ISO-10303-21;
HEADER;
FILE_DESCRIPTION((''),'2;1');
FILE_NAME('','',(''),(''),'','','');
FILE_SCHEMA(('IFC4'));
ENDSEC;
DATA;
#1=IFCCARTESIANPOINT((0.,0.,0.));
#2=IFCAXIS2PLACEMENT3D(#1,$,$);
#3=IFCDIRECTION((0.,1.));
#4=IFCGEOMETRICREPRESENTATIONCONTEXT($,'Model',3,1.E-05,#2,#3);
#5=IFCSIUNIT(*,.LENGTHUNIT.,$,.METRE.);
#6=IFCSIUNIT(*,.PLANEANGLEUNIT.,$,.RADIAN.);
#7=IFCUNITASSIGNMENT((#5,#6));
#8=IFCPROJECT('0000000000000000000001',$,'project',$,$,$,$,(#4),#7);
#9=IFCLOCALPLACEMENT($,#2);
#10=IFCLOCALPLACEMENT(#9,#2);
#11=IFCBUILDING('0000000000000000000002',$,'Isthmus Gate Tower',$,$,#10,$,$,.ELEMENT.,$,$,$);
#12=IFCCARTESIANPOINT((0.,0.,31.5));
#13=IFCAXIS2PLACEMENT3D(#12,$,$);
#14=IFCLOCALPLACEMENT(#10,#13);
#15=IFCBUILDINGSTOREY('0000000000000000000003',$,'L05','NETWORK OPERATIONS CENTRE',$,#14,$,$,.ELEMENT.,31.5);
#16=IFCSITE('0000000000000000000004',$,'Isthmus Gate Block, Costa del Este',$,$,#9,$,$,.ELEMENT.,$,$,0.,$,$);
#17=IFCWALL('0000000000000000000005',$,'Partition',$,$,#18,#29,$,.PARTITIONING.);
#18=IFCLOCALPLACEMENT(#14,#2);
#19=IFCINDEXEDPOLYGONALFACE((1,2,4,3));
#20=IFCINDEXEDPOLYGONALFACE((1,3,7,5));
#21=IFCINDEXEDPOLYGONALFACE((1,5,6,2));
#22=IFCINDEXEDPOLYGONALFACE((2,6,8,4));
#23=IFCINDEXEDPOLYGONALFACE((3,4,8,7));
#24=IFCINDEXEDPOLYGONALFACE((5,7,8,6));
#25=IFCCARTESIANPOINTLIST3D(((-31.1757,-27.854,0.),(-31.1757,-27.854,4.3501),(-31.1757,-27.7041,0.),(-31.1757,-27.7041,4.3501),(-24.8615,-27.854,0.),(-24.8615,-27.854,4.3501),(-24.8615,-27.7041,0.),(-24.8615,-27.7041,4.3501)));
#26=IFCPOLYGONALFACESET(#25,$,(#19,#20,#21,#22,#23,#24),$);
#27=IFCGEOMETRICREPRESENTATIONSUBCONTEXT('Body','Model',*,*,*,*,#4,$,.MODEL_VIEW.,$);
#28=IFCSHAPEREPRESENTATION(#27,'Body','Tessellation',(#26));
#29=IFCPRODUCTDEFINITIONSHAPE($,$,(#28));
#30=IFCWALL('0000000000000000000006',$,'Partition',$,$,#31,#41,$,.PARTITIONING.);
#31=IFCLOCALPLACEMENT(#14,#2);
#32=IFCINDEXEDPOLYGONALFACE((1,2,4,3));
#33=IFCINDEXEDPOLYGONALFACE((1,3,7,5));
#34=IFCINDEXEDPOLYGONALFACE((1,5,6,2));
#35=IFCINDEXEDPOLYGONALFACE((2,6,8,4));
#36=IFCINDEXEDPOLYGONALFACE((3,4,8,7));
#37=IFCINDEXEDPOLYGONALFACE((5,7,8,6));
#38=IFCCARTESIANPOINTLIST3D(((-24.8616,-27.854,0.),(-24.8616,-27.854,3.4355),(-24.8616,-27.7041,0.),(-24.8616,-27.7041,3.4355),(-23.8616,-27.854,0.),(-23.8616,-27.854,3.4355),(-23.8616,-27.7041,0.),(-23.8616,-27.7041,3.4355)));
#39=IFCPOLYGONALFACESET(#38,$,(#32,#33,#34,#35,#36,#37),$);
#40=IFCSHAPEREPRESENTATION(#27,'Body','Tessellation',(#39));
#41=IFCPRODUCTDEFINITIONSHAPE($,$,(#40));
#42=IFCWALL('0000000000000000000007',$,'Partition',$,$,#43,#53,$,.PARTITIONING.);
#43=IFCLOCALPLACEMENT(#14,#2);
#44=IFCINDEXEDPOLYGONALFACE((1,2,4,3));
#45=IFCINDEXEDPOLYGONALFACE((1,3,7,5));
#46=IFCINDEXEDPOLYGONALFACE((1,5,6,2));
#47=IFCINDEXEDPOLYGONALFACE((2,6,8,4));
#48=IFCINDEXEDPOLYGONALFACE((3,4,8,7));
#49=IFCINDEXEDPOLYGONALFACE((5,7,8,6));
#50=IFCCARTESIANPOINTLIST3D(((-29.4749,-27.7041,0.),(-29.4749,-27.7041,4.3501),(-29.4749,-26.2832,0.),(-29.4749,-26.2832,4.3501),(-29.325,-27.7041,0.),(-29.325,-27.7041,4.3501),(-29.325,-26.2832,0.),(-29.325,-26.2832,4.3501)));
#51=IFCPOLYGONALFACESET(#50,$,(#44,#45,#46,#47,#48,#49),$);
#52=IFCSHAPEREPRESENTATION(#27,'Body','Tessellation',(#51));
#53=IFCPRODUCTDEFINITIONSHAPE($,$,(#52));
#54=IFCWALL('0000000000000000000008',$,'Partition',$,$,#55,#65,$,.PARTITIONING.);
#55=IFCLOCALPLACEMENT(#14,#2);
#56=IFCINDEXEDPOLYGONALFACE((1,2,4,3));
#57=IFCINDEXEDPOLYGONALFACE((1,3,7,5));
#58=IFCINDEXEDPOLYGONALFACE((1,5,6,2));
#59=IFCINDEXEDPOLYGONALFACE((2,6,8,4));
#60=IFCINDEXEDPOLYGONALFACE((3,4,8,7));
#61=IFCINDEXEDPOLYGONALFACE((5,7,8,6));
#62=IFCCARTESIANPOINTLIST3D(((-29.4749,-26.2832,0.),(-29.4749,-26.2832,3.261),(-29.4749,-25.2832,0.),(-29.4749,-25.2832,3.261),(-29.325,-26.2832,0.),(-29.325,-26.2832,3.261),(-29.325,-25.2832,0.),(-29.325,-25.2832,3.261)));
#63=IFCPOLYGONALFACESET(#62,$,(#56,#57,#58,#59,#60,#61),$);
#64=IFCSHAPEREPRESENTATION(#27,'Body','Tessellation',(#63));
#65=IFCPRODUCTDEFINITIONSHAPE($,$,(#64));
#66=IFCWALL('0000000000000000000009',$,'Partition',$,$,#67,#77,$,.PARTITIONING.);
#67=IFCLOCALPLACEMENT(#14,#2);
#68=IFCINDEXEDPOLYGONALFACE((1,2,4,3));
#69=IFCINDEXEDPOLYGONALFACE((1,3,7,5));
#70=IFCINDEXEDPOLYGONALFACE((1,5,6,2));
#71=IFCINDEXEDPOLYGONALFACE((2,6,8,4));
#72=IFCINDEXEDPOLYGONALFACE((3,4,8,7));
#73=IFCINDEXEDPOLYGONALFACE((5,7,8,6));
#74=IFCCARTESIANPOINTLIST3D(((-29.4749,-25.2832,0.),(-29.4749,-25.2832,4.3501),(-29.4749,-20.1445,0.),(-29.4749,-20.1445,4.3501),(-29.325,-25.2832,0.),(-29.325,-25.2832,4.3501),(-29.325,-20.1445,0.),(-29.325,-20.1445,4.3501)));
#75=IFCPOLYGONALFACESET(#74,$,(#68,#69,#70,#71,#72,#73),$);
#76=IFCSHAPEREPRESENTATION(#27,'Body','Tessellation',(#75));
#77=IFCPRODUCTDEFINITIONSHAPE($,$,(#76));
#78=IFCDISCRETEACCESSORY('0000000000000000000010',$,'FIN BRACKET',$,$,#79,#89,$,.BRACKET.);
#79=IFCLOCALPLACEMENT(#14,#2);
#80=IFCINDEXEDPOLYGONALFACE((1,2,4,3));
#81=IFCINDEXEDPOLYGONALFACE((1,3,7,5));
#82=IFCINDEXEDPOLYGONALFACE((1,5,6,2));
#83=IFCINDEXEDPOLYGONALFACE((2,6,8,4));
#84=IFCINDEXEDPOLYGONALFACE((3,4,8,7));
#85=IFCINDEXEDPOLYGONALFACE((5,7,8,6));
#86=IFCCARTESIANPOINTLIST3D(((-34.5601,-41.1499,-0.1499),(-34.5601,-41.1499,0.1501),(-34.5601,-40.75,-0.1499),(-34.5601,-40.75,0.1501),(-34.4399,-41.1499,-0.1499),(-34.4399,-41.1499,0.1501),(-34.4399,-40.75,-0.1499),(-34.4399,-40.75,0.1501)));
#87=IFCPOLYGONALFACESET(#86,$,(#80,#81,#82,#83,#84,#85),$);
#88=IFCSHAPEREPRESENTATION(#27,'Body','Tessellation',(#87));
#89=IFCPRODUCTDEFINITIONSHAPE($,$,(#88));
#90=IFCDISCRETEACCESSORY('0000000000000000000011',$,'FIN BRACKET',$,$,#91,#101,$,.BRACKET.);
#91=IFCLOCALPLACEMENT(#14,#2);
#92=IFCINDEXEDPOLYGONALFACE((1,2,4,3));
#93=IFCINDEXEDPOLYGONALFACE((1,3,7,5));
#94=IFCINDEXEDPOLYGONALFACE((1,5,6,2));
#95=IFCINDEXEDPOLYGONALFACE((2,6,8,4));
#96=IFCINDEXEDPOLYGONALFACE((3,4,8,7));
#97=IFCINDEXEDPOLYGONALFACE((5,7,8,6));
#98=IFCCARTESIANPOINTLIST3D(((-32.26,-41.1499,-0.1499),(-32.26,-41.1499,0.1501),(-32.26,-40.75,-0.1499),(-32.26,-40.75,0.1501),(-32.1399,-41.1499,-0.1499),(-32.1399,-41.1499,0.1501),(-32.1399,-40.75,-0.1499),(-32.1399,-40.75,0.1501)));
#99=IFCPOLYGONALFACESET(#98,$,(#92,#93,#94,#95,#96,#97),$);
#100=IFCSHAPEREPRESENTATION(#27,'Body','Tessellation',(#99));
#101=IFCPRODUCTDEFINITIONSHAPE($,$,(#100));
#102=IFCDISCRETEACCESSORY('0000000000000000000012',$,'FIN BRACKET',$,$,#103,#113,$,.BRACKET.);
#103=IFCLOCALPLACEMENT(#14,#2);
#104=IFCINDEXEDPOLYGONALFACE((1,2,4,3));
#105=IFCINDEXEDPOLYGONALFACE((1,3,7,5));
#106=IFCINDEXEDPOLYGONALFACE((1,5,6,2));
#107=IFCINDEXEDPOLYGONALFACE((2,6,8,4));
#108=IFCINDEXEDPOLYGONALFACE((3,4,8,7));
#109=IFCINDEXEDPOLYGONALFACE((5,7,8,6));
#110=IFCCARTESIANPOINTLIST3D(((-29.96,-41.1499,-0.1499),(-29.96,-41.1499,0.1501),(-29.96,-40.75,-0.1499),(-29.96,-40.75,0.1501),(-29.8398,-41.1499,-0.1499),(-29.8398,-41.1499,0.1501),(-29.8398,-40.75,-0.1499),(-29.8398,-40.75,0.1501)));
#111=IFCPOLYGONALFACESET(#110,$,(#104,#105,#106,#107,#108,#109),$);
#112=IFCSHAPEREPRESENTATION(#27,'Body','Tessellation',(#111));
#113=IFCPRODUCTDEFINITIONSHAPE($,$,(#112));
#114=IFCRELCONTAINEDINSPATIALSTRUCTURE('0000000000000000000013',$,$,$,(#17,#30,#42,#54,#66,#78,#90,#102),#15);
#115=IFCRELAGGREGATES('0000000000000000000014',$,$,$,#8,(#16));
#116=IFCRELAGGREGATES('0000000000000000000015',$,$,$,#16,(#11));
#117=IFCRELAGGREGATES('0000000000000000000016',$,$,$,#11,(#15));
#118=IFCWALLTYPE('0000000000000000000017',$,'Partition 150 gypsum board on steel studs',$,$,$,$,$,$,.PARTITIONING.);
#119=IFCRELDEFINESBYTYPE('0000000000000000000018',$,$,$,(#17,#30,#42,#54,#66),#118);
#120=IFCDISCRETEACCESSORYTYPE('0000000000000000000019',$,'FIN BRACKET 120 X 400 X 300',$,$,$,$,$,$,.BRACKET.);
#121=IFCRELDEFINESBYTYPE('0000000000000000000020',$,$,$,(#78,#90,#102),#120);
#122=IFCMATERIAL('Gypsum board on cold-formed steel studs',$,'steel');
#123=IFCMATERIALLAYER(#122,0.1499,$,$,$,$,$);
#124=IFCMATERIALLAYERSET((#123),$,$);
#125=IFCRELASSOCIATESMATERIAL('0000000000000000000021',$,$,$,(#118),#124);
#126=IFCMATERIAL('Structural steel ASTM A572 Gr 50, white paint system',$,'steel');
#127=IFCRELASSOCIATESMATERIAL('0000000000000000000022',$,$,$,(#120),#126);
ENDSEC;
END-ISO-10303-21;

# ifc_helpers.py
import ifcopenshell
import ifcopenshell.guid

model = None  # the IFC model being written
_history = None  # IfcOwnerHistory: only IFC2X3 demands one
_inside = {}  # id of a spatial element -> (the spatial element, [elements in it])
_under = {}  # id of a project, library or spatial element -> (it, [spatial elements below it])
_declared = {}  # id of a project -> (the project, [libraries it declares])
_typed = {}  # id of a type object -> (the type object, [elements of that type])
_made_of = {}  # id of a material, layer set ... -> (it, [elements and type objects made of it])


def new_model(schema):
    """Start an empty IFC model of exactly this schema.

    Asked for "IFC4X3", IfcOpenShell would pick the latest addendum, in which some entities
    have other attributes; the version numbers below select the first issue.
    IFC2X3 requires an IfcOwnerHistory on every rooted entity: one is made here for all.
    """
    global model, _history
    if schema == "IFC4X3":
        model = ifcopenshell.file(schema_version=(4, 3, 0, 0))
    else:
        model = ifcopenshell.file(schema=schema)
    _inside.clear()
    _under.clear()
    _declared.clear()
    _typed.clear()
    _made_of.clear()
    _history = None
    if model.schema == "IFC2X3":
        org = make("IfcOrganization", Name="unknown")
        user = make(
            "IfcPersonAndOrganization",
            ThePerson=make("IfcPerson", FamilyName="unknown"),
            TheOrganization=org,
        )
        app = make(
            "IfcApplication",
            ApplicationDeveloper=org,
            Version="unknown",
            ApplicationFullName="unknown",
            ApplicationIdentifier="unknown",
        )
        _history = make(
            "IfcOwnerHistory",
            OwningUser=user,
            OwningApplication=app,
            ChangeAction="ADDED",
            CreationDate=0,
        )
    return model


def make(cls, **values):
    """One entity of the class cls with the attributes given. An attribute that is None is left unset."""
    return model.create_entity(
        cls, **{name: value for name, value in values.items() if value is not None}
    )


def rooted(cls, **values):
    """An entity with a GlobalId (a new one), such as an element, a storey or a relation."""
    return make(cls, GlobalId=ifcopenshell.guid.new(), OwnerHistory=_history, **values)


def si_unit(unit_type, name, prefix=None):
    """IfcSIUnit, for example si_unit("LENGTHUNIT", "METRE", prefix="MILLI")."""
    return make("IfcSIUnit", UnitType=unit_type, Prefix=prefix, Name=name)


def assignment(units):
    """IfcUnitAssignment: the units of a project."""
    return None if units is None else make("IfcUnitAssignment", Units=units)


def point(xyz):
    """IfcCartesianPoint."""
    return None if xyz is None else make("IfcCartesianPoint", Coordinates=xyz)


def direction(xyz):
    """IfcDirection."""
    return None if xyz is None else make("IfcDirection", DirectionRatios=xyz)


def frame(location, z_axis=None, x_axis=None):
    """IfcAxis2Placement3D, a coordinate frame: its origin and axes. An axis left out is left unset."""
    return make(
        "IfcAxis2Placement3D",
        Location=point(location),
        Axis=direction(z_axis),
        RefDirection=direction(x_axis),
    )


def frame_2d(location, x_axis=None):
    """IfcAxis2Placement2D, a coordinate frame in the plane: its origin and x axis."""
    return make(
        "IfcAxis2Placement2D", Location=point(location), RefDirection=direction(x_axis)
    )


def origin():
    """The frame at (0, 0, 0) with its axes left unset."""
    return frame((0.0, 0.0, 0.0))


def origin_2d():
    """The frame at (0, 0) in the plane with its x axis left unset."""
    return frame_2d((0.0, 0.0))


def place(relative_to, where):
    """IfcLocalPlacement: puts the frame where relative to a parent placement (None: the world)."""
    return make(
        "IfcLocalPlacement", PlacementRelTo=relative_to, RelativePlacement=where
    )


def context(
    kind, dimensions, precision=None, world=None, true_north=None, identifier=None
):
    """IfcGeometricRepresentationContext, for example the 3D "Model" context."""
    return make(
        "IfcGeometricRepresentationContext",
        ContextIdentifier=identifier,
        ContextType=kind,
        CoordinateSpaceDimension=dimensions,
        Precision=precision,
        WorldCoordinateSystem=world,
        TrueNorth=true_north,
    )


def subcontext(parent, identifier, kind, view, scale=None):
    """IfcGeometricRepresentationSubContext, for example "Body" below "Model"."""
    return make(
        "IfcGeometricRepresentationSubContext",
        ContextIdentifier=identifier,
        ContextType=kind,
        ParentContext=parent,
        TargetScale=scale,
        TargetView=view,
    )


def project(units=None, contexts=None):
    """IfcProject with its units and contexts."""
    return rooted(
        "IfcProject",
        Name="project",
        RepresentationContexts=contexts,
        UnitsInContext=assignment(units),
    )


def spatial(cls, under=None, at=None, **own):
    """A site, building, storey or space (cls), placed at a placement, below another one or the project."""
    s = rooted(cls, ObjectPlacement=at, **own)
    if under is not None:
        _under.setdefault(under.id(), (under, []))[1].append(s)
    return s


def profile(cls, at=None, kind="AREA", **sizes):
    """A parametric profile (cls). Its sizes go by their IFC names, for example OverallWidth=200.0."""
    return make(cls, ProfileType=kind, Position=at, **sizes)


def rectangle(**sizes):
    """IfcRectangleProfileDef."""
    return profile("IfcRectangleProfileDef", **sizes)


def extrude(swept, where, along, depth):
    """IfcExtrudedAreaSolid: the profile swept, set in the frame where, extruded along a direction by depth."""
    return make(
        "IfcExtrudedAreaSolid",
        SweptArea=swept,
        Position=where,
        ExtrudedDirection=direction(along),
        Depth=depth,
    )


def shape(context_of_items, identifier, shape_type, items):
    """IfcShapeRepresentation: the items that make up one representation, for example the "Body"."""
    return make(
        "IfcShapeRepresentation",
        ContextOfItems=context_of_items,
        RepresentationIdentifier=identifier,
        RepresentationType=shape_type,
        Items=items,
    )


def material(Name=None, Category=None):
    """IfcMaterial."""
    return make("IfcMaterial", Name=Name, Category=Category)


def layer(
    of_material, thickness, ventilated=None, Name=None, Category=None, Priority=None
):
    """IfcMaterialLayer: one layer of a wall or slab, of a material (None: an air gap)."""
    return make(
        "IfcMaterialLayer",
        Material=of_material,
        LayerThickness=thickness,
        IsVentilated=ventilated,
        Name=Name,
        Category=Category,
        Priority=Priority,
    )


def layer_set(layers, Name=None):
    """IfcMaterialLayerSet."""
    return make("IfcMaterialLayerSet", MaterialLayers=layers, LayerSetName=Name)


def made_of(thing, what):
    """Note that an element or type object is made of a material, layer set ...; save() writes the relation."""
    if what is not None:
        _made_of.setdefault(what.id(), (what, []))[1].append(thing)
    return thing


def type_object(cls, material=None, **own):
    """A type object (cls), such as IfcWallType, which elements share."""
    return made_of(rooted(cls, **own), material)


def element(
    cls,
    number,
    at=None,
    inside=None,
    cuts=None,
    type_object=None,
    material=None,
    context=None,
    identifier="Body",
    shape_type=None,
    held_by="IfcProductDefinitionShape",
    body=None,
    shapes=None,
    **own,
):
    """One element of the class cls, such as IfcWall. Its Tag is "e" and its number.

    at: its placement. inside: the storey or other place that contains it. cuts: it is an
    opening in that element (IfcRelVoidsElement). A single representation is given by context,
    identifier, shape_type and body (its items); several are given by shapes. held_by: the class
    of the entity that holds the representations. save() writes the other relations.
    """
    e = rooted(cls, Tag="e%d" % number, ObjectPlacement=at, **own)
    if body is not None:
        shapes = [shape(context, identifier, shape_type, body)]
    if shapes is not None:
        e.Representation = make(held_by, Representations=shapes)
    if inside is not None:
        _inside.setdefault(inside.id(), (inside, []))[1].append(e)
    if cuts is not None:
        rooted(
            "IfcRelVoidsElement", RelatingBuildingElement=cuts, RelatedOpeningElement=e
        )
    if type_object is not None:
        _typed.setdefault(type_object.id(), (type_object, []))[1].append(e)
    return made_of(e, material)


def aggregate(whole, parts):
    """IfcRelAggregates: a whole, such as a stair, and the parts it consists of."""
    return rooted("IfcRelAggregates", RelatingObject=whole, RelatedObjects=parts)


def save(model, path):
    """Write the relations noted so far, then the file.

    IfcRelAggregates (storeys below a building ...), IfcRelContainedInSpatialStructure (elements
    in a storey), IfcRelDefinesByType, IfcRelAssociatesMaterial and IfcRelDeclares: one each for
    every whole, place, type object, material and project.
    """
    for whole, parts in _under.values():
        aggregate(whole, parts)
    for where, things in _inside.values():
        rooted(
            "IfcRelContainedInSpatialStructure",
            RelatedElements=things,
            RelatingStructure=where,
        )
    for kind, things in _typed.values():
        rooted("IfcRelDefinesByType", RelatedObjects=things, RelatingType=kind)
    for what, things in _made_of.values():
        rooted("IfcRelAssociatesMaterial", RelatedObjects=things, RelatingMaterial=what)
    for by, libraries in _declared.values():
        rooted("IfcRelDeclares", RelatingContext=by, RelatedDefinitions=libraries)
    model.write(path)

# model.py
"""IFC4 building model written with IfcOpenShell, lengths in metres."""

from ifc_helpers import new_model, si_unit, direction, frame, frame_2d, origin, origin_2d, place, context, subcontext, project, spatial, rectangle, extrude, material, layer, layer_set, type_object, element, save


model = new_model("IFC4")

# Units and contexts
model_context = context("Model", 3, precision=1e-05, world=origin(), true_north=direction((0.0, 1.0)))
body_context = subcontext(model_context, "Body", "Model", "MODEL_VIEW")
ifc_project = project(units=[si_unit("LENGTHUNIT", "METRE"), si_unit("PLANEANGLEUNIT", "RADIAN")], contexts=[model_context])

# Site, building, storey
site_placement = place(None, origin())
site = spatial("IfcSite", under=ifc_project, at=site_placement, Name="Isthmus Gate Block, Costa del Este", CompositionType="ELEMENT", RefElevation=0.0)
building_placement = place(site_placement, origin())
building = spatial("IfcBuilding", under=site, at=building_placement, Name="Isthmus Gate Tower", CompositionType="ELEMENT")
storey_placement = place(building_placement, frame((0.0, 0.0, 31.5)))
storey = spatial("IfcBuildingStorey", under=building, at=storey_placement, Name="L05", Description="NETWORK OPERATIONS CENTRE", CompositionType="ELEMENT", Elevation=31.5)

# Shared definitions
ifc_material_1 = material(Name="Gypsum board on cold-formed steel studs", Category="steel")
ifc_layer_1 = layer(ifc_material_1, 0.1499)
ifc_layer_set_1 = layer_set([ifc_layer_1])
wall_type_1 = type_object("IfcWallType", Name="Partition 150 gypsum board on steel studs", PredefinedType="PARTITIONING", material=ifc_layer_set_1)

# Walls
wall_1_placement = place(storey_placement, frame((-31.1758, -27.7791, 0.0), z_axis=(0.0, 0.0, 1.0), x_axis=(1.0, 0.0, 0.0)))
element("IfcWall", 1, at=wall_1_placement, inside=storey, type_object=wall_type_1, Name="Partition", PredefinedType="PARTITIONING", context=body_context, shape_type="SweptSolid", body=[
    extrude(rectangle(XDim=6.3142, YDim=0.1499, at=frame_2d((3.1572, 0.0))), origin(), (0.0, 0.0, 1.0), 4.3501),
])
wall_2_placement = place(storey_placement, frame((-24.8616, -27.7791, 0.0), z_axis=(0.0, 0.0, 1.0), x_axis=(1.0, 0.0, 0.0)))
element("IfcWall", 2, at=wall_2_placement, inside=storey, type_object=wall_type_1, Name="Partition", PredefinedType="PARTITIONING", context=body_context, shape_type="SweptSolid", body=[
    extrude(rectangle(XDim=1.0, YDim=0.1499, at=frame_2d((0.5, 0.0))), origin(), (0.0, 0.0, 1.0), 3.4355),
])
wall_3_placement = place(storey_placement, frame((-29.3999, -27.7041, 0.0), z_axis=(0.0, 0.0, 1.0), x_axis=(0.0, 1.0, 0.0)))
element("IfcWall", 3, at=wall_3_placement, inside=storey, type_object=wall_type_1, Name="Partition", PredefinedType="PARTITIONING", context=body_context, shape_type="SweptSolid", body=[
    extrude(rectangle(XDim=1.4209, YDim=0.1499, at=frame_2d((0.7104, 0.0))), origin(), (0.0, 0.0, 1.0), 4.3501),
])
wall_4_placement = place(storey_placement, frame((-29.3999, -26.2832, 0.0), z_axis=(0.0, 0.0, 1.0), x_axis=(0.0, 1.0, 0.0)))
element("IfcWall", 4, at=wall_4_placement, inside=storey, type_object=wall_type_1, Name="Partition", PredefinedType="PARTITIONING", context=body_context, shape_type="SweptSolid", body=[
    extrude(rectangle(XDim=1.0, YDim=0.1499, at=frame_2d((0.5, 0.0))), origin(), (0.0, 0.0, 1.0), 3.261),
])
wall_5_placement = place(storey_placement, frame((-29.3999, -25.2832, 0.0), z_axis=(0.0, 0.0, 1.0), x_axis=(0.0, 1.0, 0.0)))
element("IfcWall", 5, at=wall_5_placement, inside=storey, type_object=wall_type_1, Name="Partition", PredefinedType="PARTITIONING", context=body_context, shape_type="SweptSolid", body=[
    extrude(rectangle(XDim=5.1387, YDim=0.1499, at=frame_2d((2.5693, 0.0))), origin(), (0.0, 0.0, 1.0), 4.3501),
])

# Discrete accessories
ifc_material_2 = material(Name="Structural steel ASTM A572 Gr 50, white paint system", Category="steel")
discrete_accessory_type = type_object("IfcDiscreteAccessoryType", Name="FIN BRACKET 120 X 400 X 300", PredefinedType="BRACKET", material=ifc_material_2)
for number, where, z_axis, x_axis, name in (
    (6, (-34.5, -40.95, -0.1499), (0.0, 0.0, 1.0), (0.0, -1.0, 0.0), "FIN BRACKET"),
    (7, (-32.2, -40.95, -0.1499), (0.0, 0.0, 1.0), (0.0, -1.0, 0.0), "FIN BRACKET"),
    (8, (-29.8999, -40.95, -0.1499), (0.0, 0.0, 1.0), (0.0, -1.0, 0.0), "FIN BRACKET"),
):
    element("IfcDiscreteAccessory", number, at=place(storey_placement, frame(where, z_axis=z_axis, x_axis=x_axis)), inside=storey, type_object=discrete_accessory_type, Name=name, PredefinedType="BRACKET", context=body_context, shape_type="SweptSolid", body=[
        extrude(rectangle(XDim=0.3999, YDim=0.1201, at=origin_2d()), origin(), (0.0, 0.0, 1.0), 0.3),
    ])

save(model, "model.ifc")
